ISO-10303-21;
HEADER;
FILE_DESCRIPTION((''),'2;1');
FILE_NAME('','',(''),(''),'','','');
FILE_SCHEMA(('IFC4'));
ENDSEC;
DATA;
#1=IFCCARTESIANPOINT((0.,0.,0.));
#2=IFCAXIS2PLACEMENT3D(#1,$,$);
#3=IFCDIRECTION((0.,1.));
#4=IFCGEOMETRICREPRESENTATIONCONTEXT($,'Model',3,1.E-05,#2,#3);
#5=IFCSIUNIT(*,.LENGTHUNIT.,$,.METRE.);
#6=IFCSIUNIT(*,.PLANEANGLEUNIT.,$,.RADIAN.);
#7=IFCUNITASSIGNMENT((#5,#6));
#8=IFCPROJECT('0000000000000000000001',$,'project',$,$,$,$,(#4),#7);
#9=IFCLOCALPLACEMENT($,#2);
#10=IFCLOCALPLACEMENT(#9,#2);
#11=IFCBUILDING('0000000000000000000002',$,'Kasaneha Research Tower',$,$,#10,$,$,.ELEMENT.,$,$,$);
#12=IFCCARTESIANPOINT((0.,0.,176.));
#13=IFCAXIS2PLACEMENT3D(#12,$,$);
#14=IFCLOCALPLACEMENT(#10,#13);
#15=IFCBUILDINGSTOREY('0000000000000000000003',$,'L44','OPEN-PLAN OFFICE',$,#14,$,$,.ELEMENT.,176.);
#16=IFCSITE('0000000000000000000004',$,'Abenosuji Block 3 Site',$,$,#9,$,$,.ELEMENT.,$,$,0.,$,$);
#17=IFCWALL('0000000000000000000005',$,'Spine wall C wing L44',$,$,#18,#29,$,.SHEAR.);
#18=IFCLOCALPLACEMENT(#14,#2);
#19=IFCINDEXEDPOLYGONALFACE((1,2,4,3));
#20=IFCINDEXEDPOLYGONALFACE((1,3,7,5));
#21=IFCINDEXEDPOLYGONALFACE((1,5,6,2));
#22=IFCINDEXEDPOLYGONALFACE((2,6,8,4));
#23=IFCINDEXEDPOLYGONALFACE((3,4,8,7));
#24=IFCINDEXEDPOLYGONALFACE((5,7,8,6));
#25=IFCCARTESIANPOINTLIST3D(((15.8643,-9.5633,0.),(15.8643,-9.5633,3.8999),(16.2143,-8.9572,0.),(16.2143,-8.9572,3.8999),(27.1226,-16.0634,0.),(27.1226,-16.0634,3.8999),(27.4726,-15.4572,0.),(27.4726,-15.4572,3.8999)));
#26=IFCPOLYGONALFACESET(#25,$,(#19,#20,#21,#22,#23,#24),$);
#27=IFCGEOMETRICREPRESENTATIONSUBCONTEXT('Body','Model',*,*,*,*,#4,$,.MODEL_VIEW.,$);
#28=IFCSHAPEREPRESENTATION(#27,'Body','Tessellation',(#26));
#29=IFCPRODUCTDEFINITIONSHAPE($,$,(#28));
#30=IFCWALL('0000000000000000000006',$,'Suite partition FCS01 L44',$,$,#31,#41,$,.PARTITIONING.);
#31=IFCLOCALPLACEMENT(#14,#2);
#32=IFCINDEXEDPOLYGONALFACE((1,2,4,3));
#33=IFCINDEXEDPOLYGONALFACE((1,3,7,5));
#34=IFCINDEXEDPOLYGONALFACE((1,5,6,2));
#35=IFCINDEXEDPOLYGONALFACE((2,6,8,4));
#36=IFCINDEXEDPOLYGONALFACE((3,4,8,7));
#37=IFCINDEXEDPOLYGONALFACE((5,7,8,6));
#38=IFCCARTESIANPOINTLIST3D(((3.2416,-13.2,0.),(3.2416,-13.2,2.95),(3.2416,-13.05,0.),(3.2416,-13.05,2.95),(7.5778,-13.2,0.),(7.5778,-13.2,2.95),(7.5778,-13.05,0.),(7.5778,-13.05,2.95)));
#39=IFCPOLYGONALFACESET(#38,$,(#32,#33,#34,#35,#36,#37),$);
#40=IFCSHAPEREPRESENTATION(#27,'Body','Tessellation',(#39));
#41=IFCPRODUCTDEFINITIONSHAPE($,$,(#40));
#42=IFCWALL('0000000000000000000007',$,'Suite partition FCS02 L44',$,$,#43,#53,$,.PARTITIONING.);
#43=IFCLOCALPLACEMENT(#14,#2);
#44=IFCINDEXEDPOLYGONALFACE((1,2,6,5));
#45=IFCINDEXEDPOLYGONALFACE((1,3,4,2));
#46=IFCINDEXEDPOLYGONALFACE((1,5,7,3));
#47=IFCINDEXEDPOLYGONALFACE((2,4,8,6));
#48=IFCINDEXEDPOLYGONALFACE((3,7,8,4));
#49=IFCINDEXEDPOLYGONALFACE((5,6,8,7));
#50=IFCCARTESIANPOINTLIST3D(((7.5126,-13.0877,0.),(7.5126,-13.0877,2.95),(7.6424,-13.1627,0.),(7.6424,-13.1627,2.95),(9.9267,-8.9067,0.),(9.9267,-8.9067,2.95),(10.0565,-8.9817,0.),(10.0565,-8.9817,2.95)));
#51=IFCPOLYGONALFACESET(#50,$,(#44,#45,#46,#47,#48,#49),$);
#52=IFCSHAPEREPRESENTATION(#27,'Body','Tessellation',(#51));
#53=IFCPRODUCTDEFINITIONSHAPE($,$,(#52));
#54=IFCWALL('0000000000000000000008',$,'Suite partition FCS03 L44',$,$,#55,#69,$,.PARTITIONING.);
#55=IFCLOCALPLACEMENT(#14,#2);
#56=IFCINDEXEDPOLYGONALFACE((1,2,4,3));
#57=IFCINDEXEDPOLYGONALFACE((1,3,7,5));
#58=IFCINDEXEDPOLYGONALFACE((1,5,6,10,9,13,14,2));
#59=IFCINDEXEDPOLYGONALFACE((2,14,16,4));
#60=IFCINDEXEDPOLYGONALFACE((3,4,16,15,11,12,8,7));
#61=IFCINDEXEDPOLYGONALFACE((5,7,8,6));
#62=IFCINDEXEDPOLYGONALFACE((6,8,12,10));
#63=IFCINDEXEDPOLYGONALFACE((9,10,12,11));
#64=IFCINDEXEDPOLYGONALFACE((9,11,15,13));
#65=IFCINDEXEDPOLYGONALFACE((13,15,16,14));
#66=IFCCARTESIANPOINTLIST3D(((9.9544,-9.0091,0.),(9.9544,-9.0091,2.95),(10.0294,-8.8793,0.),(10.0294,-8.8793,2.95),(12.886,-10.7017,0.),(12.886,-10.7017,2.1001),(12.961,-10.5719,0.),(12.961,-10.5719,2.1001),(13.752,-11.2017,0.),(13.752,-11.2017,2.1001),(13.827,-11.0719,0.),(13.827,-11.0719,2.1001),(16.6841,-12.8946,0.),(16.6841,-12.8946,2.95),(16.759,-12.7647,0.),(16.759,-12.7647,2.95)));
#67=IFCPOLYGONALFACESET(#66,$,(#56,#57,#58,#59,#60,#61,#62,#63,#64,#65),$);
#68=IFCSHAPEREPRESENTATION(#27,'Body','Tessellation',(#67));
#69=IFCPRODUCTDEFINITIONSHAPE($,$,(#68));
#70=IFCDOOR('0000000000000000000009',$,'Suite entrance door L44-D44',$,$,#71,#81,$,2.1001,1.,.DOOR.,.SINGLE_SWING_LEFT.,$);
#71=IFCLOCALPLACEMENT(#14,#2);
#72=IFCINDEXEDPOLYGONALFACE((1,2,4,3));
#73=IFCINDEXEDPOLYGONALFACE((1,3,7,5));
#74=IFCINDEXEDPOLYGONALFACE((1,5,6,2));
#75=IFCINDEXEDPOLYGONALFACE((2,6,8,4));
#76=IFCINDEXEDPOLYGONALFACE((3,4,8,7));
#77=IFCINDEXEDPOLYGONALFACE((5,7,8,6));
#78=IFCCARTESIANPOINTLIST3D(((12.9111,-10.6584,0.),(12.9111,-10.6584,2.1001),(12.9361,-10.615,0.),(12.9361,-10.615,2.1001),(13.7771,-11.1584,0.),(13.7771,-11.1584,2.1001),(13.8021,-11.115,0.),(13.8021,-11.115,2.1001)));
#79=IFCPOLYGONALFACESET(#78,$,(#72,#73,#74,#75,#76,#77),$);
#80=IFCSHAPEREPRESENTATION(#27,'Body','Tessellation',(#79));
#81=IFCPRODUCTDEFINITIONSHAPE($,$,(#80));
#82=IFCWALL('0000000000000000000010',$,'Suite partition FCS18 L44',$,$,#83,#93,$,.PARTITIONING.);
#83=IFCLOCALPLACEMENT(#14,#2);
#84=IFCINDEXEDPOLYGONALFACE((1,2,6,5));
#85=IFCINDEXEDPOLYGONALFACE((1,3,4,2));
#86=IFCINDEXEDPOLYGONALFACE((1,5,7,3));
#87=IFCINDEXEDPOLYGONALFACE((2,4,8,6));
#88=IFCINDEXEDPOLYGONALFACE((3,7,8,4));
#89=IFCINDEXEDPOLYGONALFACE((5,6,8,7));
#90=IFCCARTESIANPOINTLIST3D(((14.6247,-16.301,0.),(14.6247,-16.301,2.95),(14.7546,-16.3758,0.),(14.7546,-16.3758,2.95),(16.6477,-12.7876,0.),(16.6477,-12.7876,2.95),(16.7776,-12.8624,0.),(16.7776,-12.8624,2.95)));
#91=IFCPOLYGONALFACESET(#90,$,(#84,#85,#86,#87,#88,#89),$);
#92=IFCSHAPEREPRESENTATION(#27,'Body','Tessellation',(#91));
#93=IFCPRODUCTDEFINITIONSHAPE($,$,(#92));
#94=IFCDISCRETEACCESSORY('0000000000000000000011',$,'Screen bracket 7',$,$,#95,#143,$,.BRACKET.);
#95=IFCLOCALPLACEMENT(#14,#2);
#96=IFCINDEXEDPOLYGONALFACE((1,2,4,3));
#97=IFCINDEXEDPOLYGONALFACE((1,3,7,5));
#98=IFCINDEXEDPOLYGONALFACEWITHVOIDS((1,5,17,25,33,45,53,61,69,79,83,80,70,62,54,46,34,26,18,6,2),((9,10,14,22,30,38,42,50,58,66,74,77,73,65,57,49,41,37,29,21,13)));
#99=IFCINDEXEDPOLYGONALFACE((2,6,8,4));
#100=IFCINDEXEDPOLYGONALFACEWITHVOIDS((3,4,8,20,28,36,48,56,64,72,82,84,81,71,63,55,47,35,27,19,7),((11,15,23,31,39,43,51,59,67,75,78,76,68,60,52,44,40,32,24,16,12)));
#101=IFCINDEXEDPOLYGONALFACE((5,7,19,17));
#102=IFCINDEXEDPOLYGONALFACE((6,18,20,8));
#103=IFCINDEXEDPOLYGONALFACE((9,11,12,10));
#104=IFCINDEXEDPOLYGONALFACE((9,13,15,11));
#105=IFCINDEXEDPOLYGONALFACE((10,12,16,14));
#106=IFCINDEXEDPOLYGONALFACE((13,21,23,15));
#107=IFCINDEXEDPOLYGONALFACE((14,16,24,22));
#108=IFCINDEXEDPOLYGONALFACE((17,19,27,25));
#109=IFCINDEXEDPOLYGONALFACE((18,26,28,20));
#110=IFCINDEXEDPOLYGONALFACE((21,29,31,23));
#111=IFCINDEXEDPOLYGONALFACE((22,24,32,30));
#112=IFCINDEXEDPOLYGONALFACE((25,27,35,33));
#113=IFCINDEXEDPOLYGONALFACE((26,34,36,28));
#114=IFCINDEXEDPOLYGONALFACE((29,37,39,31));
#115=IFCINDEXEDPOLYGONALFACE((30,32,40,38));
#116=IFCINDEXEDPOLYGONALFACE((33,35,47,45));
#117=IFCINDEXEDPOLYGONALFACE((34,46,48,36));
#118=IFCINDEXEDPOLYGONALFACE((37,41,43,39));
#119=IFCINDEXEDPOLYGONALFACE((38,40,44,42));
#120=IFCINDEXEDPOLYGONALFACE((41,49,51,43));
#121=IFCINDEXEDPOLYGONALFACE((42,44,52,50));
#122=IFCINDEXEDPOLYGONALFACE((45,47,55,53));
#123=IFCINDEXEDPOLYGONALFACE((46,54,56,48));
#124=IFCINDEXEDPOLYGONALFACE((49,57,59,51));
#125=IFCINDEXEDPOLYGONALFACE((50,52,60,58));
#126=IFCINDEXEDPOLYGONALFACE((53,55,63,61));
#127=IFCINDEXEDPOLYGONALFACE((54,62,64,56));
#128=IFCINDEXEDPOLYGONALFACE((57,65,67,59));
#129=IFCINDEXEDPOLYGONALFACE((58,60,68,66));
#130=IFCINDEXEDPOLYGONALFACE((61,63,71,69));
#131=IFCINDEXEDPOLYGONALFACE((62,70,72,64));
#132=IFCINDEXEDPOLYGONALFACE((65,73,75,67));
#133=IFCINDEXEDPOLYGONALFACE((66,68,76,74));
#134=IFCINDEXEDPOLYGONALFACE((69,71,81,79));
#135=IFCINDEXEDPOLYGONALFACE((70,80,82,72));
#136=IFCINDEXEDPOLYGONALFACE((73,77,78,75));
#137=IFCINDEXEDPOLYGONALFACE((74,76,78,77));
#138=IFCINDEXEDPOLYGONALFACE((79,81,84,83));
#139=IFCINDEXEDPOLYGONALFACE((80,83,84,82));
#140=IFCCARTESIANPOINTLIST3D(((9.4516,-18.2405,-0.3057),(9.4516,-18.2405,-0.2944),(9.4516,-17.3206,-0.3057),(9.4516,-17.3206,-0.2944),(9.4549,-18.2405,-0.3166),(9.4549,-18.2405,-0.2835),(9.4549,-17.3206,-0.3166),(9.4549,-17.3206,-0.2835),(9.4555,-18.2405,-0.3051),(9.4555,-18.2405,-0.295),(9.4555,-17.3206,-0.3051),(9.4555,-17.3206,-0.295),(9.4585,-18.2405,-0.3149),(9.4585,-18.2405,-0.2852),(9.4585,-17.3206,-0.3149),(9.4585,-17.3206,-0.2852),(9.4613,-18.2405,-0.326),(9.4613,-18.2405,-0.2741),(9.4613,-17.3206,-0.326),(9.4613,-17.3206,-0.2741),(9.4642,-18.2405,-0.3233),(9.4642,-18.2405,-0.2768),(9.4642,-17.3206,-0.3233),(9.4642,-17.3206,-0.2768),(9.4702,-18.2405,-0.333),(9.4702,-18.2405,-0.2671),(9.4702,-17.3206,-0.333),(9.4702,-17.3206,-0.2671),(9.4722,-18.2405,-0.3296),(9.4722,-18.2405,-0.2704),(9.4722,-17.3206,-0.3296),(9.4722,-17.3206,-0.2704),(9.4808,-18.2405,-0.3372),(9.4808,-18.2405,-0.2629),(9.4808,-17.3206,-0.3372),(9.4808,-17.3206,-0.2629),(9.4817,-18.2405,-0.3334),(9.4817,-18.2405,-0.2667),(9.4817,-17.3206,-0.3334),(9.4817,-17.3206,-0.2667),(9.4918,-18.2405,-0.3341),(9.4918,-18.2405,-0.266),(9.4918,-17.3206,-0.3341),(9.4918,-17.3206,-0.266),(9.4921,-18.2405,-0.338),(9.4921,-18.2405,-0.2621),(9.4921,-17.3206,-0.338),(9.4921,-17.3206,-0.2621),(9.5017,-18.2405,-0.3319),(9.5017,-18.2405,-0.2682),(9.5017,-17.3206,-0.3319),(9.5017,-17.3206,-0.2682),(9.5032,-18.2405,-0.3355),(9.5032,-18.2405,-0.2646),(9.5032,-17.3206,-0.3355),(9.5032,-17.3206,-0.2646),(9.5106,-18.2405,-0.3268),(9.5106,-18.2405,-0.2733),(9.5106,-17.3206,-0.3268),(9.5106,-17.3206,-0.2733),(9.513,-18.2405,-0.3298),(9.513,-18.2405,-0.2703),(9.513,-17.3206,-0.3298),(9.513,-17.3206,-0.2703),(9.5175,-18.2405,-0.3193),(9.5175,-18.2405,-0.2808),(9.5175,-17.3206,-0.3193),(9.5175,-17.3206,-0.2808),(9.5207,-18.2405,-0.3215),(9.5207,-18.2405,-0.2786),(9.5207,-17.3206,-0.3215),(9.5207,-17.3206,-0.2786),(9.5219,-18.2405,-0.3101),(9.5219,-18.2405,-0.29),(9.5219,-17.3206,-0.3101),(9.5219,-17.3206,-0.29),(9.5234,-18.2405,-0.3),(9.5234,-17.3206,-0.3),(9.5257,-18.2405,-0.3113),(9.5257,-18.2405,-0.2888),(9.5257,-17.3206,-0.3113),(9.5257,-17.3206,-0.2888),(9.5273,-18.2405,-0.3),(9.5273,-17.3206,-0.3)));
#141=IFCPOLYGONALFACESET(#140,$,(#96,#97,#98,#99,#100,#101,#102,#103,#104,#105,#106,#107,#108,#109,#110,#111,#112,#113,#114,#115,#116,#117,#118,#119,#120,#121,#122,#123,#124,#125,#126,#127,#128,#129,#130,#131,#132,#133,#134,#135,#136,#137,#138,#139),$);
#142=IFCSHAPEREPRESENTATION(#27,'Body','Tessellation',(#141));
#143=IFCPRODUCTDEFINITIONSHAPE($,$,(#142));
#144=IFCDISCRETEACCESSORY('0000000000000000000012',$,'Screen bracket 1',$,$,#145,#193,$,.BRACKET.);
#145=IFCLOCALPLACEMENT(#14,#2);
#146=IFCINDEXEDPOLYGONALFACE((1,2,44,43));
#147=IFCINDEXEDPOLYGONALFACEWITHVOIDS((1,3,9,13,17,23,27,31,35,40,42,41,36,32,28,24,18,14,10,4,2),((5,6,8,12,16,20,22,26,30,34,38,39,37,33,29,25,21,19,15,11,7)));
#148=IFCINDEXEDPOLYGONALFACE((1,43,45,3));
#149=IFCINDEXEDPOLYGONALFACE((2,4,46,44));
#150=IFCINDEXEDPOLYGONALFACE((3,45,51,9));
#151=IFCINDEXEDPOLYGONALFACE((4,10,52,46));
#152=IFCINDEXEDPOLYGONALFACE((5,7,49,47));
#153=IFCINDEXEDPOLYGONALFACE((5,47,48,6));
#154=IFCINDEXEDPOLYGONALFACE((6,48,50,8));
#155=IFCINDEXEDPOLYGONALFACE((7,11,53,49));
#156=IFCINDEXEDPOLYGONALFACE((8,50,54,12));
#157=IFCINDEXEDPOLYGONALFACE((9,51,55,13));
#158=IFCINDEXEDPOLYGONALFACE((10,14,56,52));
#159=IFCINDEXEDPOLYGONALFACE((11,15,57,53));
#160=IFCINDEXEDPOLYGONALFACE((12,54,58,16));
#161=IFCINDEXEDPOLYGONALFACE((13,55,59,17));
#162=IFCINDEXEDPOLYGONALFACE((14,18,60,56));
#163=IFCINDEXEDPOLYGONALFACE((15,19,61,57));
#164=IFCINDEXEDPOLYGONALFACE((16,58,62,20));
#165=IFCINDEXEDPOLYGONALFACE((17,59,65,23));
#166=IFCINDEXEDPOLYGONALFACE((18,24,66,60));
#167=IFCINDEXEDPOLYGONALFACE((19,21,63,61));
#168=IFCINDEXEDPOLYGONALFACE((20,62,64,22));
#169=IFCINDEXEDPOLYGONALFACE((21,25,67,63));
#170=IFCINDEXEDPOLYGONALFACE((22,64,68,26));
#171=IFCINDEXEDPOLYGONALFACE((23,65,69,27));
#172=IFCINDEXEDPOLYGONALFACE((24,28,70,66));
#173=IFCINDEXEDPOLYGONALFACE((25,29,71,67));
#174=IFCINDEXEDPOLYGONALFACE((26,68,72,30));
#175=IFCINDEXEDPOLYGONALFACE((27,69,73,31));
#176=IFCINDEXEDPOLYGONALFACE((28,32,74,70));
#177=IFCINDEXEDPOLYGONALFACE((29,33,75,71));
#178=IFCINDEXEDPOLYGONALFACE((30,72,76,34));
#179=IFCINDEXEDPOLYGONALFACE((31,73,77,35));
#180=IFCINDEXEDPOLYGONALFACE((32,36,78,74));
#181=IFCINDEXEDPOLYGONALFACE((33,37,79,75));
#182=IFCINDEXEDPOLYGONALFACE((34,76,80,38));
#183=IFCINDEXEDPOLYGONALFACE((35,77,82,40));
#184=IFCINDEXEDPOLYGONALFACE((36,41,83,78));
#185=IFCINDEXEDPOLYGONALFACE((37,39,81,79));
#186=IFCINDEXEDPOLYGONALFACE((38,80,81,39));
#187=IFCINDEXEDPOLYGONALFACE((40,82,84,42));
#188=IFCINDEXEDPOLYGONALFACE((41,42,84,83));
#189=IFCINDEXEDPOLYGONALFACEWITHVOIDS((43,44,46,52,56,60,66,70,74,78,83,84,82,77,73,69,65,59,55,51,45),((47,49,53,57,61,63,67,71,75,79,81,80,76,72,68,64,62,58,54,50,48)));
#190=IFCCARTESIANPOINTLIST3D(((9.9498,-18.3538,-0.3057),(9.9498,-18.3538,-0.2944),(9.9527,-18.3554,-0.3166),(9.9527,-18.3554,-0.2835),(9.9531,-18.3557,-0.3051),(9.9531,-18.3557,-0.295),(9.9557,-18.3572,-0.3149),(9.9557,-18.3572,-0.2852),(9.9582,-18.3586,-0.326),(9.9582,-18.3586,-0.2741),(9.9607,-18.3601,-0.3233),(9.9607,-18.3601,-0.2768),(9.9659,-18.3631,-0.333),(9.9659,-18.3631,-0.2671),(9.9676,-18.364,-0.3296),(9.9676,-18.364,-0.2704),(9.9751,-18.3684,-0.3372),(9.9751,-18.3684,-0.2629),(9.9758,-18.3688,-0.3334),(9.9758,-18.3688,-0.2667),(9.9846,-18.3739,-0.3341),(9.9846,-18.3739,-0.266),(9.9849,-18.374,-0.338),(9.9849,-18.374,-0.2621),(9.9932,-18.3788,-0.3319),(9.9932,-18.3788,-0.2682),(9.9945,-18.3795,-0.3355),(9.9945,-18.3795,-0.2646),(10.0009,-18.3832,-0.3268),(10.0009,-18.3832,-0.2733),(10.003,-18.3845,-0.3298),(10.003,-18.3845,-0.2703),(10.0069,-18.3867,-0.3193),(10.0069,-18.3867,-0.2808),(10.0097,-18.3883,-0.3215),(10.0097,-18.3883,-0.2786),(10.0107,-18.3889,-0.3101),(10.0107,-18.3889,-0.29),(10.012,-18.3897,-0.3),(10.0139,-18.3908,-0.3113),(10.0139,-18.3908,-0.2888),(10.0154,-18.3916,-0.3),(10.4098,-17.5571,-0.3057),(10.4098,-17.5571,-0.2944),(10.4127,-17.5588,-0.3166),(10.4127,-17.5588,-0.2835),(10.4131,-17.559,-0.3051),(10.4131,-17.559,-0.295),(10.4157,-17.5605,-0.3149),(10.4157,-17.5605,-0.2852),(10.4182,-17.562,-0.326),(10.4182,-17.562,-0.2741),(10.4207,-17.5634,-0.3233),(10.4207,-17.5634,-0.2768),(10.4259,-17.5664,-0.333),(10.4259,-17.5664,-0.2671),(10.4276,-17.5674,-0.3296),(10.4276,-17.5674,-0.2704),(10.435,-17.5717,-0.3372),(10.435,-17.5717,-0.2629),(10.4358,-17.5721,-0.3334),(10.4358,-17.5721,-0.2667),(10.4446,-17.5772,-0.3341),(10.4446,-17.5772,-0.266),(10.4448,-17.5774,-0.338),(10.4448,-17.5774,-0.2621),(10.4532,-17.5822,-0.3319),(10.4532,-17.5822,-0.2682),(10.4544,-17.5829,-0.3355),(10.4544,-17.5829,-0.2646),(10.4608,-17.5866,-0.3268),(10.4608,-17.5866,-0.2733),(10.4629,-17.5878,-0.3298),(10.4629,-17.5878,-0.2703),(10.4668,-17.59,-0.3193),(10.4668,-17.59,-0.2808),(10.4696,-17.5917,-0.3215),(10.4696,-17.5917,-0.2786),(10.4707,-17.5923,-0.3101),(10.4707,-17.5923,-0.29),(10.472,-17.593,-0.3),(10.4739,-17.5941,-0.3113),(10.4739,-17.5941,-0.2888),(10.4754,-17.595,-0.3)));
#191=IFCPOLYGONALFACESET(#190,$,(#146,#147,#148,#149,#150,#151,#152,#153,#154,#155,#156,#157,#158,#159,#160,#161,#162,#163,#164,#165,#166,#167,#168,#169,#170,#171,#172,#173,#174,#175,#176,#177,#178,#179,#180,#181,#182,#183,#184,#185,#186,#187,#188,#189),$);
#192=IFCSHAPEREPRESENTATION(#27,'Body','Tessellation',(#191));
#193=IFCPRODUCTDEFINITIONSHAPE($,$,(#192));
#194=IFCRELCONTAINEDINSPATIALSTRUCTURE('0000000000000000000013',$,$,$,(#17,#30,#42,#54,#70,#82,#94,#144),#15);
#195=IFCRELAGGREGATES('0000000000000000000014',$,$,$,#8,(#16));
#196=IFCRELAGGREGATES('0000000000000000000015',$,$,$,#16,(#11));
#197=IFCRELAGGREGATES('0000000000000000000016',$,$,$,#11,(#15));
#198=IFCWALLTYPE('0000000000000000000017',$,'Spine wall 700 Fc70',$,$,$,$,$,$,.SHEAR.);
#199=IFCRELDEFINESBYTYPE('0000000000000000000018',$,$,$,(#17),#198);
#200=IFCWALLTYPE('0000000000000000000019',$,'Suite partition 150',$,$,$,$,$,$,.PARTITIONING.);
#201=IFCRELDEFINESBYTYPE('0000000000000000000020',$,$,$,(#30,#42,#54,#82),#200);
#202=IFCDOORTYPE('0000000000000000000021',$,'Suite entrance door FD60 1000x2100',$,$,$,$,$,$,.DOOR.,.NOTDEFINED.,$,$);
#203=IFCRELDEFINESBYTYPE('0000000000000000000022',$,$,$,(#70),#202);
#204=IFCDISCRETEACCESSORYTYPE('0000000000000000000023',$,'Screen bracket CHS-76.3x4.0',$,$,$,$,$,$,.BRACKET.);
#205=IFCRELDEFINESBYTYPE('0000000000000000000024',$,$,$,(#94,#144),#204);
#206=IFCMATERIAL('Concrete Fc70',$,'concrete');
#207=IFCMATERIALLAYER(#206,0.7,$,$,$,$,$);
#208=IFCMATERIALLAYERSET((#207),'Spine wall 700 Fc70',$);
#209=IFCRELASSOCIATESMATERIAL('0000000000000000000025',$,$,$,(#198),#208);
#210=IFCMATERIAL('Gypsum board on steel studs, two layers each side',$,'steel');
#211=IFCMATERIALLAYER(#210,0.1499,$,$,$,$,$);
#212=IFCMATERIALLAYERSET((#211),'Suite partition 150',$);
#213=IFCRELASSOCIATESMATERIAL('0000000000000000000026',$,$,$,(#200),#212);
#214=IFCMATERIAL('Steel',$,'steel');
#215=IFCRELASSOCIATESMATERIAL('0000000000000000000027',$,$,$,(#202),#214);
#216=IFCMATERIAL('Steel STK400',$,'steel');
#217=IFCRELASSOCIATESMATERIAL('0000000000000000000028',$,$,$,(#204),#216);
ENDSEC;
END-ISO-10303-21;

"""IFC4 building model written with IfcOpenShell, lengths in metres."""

from ifc_helpers import new_model, si_unit, direction, frame, frame_2d, origin, origin_2d, place, context, subcontext, project, spatial, rectangle, hollow_circle, extrude, material, layer, layer_set, material_profile, profile_set, type_object, element, fill, save


model = new_model("IFC4")

# Units and contexts
model_context = context("Model", 3, precision=1e-05, world=origin(), true_north=direction((0.0, 1.0)))
body_context = subcontext(model_context, "Body", "Model", "MODEL_VIEW")
ifc_project = project(units=[si_unit("LENGTHUNIT", "METRE"), si_unit("PLANEANGLEUNIT", "RADIAN")], contexts=[model_context])

# Site, building, storey
site_placement = place(None, origin())
site = spatial("IfcSite", under=ifc_project, at=site_placement, Name="Abenosuji Block 3 Site", CompositionType="ELEMENT", RefElevation=0.0)
building_placement = place(site_placement, origin())
building = spatial("IfcBuilding", under=site, at=building_placement, Name="Kasaneha Research Tower", CompositionType="ELEMENT")
storey_placement = place(building_placement, frame((0.0, 0.0, 176.0)))
storey = spatial("IfcBuildingStorey", under=building, at=storey_placement, Name="L44", Description="OPEN-PLAN OFFICE", CompositionType="ELEMENT", Elevation=176.0)

# Shared definitions
ifc_material_1 = material(Name="Concrete Fc70", Category="concrete")
ifc_layer_1 = layer(ifc_material_1, 0.7)
ifc_layer_set_1 = layer_set([ifc_layer_1], Name="Spine wall 700 Fc70")
wall_type_1 = type_object("IfcWallType", Name="Spine wall 700 Fc70", PredefinedType="SHEAR", material=ifc_layer_set_1)

# Walls
wall_1_placement = place(storey_placement, frame((16.0393, -9.2603, 0.0), z_axis=(0.0, 0.0, 1.0), x_axis=(0.866025, -0.500001, 0.0)))
element("IfcWall", 1, at=wall_1_placement, inside=storey, type_object=wall_type_1, Name="Spine wall C wing L44", PredefinedType="SHEAR", context=body_context, shape_type="SweptSolid", body=[
    extrude(rectangle(XDim=13.0, YDim=0.7, at=frame_2d((6.5, 0.0))), origin(), (0.0, 0.0, 1.0), 3.8999),
])
ifc_material_2 = material(Name="Gypsum board on steel studs, two layers each side", Category="steel")
ifc_layer_2 = layer(ifc_material_2, 0.1499)
ifc_layer_set_2 = layer_set([ifc_layer_2], Name="Suite partition 150")
wall_type_2 = type_object("IfcWallType", Name="Suite partition 150", PredefinedType="PARTITIONING", material=ifc_layer_set_2)
wall_2_placement = place(storey_placement, frame((7.5776, -13.125, 0.0), z_axis=(0.0, 0.0, 1.0), x_axis=(-1.0, 0.0, 0.0)))
element("IfcWall", 2, at=wall_2_placement, inside=storey, type_object=wall_type_2, Name="Suite partition FCS01 L44", PredefinedType="PARTITIONING", context=body_context, shape_type="SweptSolid", body=[
    extrude(rectangle(XDim=4.3362, YDim=0.1499, at=frame_2d((2.168, 0.0))), origin(), (0.0, 0.0, 1.0), 2.95),
])
wall_3_placement = place(storey_placement, frame((9.9917, -8.9441, 0.0), z_axis=(0.0, 0.0, 1.0), x_axis=(-0.500033, -0.866006, 0.0)))
element("IfcWall", 3, at=wall_3_placement, inside=storey, type_object=wall_type_2, Name="Suite partition FCS02 L44", PredefinedType="PARTITIONING", context=body_context, shape_type="SweptSolid", body=[
    extrude(rectangle(XDim=4.8279, YDim=0.1499, at=frame_2d((2.4141, 0.0))), origin(), (0.0, 0.0, 1.0), 2.95),
])

# Wall, opening, door
wall_4_placement = place(storey_placement, frame((16.7214, -12.8296, 0.0), z_axis=(0.0, 0.0, 1.0), x_axis=(-0.866021, 0.500008, 0.0)))
wall_4 = element("IfcWall", 4, at=wall_4_placement, inside=storey, type_object=wall_type_2, Name="Suite partition FCS03 L44", PredefinedType="PARTITIONING", context=body_context, shape_type="SweptSolid", body=[
    extrude(rectangle(XDim=7.7708, YDim=0.1499, at=frame_2d((3.8853, 0.0))), origin(), (0.0, 0.0, 1.0), 2.95),
])
opening_1_placement = place(wall_4_placement, frame((3.3855, 0.0, 0.0)))
opening_1 = element("IfcOpeningElement", 5, at=opening_1_placement, cuts=wall_4, PredefinedType="OPENING", context=body_context, shape_type="SweptSolid", body=[
    extrude(rectangle(XDim=1.0, YDim=2.1001, at=frame_2d((0.5, 1.05))), frame((0.0, 0.085, 0.0), z_axis=(0.0, -1.0, 0.0), x_axis=(1.0, 0.0, 0.0)), (0.0, 0.0, 1.0), 0.1699),
])
ifc_material_3 = material(Name="Steel", Category="steel")
door_type_1 = type_object("IfcDoorType", Name="Suite entrance door FD60 1000x2100", OperationType="NOTDEFINED", PredefinedType="DOOR", material=ifc_material_3)
door_1_placement = place(opening_1_placement, origin())
door_1 = element("IfcDoor", 6, at=door_1_placement, inside=storey, type_object=door_type_1, Name="Suite entrance door L44-D44", OperationType="SINGLE_SWING_LEFT", OverallHeight=2.1001, OverallWidth=1.0, PredefinedType="DOOR", context=body_context, shape_type="SweptSolid", body=[
    extrude(rectangle(XDim=1.0, YDim=2.1001, at=frame_2d((0.5, 1.05))), frame((0.0, 0.0249, 0.0), z_axis=(0.0, -1.0, 0.0), x_axis=(1.0, 0.0, 0.0)), (0.0, 0.0, 1.0), 0.05),
])
fill(opening_1, door_1)

# Wall
wall_5_placement = place(storey_placement, frame((16.7126, -12.825, 0.0), z_axis=(0.0, 0.0, 1.0), x_axis=(-0.498977, -0.866615, 0.0)))
element("IfcWall", 7, at=wall_5_placement, inside=storey, type_object=wall_type_2, Name="Suite partition FCS18 L44", PredefinedType="PARTITIONING", context=body_context, shape_type="SweptSolid", body=[
    extrude(rectangle(XDim=4.0542, YDim=0.1499, at=frame_2d((2.0271, 0.0))), origin(), (0.0, 0.0, 1.0), 2.95),
])

# Discrete accessories
ifc_material_4 = material(Name="Steel STK400", Category="steel")
ifc_material_profile_1 = material_profile(ifc_material_4, hollow_circle(Radius=0.0381, WallThickness=0.0039, at=origin_2d()), Name="CHS-76.3x4.0")
ifc_profile_set_1 = profile_set([ifc_material_profile_1], Name="Steel STK400")
discrete_accessory_type = type_object("IfcDiscreteAccessoryType", Name="Screen bracket CHS-76.3x4.0", PredefinedType="BRACKET", material=ifc_profile_set_1)
for number, where, z_axis, x_axis, name in (
    (8, (9.4893, -17.3206, -0.3), (0.0, -1.0, 0.0), (1.0, 0.0, 0.0), "Screen bracket 7"),
    (9, (10.4424, -17.5759, -0.3), (-0.500021, -0.866013, 0.0), (0.866013, -0.500021, 0.0), "Screen bracket 1"),
):
    element("IfcDiscreteAccessory", number, at=place(storey_placement, frame(where, z_axis=z_axis, x_axis=x_axis)), inside=storey, type_object=discrete_accessory_type, Name=name, PredefinedType="BRACKET", context=body_context, shape_type="SweptSolid", body=[
        extrude(hollow_circle(Radius=0.0381, WallThickness=0.0039, at=origin_2d()), origin(), (0.0, 0.0, 1.0), 0.9199),
    ])

save(model, "model.ifc")
